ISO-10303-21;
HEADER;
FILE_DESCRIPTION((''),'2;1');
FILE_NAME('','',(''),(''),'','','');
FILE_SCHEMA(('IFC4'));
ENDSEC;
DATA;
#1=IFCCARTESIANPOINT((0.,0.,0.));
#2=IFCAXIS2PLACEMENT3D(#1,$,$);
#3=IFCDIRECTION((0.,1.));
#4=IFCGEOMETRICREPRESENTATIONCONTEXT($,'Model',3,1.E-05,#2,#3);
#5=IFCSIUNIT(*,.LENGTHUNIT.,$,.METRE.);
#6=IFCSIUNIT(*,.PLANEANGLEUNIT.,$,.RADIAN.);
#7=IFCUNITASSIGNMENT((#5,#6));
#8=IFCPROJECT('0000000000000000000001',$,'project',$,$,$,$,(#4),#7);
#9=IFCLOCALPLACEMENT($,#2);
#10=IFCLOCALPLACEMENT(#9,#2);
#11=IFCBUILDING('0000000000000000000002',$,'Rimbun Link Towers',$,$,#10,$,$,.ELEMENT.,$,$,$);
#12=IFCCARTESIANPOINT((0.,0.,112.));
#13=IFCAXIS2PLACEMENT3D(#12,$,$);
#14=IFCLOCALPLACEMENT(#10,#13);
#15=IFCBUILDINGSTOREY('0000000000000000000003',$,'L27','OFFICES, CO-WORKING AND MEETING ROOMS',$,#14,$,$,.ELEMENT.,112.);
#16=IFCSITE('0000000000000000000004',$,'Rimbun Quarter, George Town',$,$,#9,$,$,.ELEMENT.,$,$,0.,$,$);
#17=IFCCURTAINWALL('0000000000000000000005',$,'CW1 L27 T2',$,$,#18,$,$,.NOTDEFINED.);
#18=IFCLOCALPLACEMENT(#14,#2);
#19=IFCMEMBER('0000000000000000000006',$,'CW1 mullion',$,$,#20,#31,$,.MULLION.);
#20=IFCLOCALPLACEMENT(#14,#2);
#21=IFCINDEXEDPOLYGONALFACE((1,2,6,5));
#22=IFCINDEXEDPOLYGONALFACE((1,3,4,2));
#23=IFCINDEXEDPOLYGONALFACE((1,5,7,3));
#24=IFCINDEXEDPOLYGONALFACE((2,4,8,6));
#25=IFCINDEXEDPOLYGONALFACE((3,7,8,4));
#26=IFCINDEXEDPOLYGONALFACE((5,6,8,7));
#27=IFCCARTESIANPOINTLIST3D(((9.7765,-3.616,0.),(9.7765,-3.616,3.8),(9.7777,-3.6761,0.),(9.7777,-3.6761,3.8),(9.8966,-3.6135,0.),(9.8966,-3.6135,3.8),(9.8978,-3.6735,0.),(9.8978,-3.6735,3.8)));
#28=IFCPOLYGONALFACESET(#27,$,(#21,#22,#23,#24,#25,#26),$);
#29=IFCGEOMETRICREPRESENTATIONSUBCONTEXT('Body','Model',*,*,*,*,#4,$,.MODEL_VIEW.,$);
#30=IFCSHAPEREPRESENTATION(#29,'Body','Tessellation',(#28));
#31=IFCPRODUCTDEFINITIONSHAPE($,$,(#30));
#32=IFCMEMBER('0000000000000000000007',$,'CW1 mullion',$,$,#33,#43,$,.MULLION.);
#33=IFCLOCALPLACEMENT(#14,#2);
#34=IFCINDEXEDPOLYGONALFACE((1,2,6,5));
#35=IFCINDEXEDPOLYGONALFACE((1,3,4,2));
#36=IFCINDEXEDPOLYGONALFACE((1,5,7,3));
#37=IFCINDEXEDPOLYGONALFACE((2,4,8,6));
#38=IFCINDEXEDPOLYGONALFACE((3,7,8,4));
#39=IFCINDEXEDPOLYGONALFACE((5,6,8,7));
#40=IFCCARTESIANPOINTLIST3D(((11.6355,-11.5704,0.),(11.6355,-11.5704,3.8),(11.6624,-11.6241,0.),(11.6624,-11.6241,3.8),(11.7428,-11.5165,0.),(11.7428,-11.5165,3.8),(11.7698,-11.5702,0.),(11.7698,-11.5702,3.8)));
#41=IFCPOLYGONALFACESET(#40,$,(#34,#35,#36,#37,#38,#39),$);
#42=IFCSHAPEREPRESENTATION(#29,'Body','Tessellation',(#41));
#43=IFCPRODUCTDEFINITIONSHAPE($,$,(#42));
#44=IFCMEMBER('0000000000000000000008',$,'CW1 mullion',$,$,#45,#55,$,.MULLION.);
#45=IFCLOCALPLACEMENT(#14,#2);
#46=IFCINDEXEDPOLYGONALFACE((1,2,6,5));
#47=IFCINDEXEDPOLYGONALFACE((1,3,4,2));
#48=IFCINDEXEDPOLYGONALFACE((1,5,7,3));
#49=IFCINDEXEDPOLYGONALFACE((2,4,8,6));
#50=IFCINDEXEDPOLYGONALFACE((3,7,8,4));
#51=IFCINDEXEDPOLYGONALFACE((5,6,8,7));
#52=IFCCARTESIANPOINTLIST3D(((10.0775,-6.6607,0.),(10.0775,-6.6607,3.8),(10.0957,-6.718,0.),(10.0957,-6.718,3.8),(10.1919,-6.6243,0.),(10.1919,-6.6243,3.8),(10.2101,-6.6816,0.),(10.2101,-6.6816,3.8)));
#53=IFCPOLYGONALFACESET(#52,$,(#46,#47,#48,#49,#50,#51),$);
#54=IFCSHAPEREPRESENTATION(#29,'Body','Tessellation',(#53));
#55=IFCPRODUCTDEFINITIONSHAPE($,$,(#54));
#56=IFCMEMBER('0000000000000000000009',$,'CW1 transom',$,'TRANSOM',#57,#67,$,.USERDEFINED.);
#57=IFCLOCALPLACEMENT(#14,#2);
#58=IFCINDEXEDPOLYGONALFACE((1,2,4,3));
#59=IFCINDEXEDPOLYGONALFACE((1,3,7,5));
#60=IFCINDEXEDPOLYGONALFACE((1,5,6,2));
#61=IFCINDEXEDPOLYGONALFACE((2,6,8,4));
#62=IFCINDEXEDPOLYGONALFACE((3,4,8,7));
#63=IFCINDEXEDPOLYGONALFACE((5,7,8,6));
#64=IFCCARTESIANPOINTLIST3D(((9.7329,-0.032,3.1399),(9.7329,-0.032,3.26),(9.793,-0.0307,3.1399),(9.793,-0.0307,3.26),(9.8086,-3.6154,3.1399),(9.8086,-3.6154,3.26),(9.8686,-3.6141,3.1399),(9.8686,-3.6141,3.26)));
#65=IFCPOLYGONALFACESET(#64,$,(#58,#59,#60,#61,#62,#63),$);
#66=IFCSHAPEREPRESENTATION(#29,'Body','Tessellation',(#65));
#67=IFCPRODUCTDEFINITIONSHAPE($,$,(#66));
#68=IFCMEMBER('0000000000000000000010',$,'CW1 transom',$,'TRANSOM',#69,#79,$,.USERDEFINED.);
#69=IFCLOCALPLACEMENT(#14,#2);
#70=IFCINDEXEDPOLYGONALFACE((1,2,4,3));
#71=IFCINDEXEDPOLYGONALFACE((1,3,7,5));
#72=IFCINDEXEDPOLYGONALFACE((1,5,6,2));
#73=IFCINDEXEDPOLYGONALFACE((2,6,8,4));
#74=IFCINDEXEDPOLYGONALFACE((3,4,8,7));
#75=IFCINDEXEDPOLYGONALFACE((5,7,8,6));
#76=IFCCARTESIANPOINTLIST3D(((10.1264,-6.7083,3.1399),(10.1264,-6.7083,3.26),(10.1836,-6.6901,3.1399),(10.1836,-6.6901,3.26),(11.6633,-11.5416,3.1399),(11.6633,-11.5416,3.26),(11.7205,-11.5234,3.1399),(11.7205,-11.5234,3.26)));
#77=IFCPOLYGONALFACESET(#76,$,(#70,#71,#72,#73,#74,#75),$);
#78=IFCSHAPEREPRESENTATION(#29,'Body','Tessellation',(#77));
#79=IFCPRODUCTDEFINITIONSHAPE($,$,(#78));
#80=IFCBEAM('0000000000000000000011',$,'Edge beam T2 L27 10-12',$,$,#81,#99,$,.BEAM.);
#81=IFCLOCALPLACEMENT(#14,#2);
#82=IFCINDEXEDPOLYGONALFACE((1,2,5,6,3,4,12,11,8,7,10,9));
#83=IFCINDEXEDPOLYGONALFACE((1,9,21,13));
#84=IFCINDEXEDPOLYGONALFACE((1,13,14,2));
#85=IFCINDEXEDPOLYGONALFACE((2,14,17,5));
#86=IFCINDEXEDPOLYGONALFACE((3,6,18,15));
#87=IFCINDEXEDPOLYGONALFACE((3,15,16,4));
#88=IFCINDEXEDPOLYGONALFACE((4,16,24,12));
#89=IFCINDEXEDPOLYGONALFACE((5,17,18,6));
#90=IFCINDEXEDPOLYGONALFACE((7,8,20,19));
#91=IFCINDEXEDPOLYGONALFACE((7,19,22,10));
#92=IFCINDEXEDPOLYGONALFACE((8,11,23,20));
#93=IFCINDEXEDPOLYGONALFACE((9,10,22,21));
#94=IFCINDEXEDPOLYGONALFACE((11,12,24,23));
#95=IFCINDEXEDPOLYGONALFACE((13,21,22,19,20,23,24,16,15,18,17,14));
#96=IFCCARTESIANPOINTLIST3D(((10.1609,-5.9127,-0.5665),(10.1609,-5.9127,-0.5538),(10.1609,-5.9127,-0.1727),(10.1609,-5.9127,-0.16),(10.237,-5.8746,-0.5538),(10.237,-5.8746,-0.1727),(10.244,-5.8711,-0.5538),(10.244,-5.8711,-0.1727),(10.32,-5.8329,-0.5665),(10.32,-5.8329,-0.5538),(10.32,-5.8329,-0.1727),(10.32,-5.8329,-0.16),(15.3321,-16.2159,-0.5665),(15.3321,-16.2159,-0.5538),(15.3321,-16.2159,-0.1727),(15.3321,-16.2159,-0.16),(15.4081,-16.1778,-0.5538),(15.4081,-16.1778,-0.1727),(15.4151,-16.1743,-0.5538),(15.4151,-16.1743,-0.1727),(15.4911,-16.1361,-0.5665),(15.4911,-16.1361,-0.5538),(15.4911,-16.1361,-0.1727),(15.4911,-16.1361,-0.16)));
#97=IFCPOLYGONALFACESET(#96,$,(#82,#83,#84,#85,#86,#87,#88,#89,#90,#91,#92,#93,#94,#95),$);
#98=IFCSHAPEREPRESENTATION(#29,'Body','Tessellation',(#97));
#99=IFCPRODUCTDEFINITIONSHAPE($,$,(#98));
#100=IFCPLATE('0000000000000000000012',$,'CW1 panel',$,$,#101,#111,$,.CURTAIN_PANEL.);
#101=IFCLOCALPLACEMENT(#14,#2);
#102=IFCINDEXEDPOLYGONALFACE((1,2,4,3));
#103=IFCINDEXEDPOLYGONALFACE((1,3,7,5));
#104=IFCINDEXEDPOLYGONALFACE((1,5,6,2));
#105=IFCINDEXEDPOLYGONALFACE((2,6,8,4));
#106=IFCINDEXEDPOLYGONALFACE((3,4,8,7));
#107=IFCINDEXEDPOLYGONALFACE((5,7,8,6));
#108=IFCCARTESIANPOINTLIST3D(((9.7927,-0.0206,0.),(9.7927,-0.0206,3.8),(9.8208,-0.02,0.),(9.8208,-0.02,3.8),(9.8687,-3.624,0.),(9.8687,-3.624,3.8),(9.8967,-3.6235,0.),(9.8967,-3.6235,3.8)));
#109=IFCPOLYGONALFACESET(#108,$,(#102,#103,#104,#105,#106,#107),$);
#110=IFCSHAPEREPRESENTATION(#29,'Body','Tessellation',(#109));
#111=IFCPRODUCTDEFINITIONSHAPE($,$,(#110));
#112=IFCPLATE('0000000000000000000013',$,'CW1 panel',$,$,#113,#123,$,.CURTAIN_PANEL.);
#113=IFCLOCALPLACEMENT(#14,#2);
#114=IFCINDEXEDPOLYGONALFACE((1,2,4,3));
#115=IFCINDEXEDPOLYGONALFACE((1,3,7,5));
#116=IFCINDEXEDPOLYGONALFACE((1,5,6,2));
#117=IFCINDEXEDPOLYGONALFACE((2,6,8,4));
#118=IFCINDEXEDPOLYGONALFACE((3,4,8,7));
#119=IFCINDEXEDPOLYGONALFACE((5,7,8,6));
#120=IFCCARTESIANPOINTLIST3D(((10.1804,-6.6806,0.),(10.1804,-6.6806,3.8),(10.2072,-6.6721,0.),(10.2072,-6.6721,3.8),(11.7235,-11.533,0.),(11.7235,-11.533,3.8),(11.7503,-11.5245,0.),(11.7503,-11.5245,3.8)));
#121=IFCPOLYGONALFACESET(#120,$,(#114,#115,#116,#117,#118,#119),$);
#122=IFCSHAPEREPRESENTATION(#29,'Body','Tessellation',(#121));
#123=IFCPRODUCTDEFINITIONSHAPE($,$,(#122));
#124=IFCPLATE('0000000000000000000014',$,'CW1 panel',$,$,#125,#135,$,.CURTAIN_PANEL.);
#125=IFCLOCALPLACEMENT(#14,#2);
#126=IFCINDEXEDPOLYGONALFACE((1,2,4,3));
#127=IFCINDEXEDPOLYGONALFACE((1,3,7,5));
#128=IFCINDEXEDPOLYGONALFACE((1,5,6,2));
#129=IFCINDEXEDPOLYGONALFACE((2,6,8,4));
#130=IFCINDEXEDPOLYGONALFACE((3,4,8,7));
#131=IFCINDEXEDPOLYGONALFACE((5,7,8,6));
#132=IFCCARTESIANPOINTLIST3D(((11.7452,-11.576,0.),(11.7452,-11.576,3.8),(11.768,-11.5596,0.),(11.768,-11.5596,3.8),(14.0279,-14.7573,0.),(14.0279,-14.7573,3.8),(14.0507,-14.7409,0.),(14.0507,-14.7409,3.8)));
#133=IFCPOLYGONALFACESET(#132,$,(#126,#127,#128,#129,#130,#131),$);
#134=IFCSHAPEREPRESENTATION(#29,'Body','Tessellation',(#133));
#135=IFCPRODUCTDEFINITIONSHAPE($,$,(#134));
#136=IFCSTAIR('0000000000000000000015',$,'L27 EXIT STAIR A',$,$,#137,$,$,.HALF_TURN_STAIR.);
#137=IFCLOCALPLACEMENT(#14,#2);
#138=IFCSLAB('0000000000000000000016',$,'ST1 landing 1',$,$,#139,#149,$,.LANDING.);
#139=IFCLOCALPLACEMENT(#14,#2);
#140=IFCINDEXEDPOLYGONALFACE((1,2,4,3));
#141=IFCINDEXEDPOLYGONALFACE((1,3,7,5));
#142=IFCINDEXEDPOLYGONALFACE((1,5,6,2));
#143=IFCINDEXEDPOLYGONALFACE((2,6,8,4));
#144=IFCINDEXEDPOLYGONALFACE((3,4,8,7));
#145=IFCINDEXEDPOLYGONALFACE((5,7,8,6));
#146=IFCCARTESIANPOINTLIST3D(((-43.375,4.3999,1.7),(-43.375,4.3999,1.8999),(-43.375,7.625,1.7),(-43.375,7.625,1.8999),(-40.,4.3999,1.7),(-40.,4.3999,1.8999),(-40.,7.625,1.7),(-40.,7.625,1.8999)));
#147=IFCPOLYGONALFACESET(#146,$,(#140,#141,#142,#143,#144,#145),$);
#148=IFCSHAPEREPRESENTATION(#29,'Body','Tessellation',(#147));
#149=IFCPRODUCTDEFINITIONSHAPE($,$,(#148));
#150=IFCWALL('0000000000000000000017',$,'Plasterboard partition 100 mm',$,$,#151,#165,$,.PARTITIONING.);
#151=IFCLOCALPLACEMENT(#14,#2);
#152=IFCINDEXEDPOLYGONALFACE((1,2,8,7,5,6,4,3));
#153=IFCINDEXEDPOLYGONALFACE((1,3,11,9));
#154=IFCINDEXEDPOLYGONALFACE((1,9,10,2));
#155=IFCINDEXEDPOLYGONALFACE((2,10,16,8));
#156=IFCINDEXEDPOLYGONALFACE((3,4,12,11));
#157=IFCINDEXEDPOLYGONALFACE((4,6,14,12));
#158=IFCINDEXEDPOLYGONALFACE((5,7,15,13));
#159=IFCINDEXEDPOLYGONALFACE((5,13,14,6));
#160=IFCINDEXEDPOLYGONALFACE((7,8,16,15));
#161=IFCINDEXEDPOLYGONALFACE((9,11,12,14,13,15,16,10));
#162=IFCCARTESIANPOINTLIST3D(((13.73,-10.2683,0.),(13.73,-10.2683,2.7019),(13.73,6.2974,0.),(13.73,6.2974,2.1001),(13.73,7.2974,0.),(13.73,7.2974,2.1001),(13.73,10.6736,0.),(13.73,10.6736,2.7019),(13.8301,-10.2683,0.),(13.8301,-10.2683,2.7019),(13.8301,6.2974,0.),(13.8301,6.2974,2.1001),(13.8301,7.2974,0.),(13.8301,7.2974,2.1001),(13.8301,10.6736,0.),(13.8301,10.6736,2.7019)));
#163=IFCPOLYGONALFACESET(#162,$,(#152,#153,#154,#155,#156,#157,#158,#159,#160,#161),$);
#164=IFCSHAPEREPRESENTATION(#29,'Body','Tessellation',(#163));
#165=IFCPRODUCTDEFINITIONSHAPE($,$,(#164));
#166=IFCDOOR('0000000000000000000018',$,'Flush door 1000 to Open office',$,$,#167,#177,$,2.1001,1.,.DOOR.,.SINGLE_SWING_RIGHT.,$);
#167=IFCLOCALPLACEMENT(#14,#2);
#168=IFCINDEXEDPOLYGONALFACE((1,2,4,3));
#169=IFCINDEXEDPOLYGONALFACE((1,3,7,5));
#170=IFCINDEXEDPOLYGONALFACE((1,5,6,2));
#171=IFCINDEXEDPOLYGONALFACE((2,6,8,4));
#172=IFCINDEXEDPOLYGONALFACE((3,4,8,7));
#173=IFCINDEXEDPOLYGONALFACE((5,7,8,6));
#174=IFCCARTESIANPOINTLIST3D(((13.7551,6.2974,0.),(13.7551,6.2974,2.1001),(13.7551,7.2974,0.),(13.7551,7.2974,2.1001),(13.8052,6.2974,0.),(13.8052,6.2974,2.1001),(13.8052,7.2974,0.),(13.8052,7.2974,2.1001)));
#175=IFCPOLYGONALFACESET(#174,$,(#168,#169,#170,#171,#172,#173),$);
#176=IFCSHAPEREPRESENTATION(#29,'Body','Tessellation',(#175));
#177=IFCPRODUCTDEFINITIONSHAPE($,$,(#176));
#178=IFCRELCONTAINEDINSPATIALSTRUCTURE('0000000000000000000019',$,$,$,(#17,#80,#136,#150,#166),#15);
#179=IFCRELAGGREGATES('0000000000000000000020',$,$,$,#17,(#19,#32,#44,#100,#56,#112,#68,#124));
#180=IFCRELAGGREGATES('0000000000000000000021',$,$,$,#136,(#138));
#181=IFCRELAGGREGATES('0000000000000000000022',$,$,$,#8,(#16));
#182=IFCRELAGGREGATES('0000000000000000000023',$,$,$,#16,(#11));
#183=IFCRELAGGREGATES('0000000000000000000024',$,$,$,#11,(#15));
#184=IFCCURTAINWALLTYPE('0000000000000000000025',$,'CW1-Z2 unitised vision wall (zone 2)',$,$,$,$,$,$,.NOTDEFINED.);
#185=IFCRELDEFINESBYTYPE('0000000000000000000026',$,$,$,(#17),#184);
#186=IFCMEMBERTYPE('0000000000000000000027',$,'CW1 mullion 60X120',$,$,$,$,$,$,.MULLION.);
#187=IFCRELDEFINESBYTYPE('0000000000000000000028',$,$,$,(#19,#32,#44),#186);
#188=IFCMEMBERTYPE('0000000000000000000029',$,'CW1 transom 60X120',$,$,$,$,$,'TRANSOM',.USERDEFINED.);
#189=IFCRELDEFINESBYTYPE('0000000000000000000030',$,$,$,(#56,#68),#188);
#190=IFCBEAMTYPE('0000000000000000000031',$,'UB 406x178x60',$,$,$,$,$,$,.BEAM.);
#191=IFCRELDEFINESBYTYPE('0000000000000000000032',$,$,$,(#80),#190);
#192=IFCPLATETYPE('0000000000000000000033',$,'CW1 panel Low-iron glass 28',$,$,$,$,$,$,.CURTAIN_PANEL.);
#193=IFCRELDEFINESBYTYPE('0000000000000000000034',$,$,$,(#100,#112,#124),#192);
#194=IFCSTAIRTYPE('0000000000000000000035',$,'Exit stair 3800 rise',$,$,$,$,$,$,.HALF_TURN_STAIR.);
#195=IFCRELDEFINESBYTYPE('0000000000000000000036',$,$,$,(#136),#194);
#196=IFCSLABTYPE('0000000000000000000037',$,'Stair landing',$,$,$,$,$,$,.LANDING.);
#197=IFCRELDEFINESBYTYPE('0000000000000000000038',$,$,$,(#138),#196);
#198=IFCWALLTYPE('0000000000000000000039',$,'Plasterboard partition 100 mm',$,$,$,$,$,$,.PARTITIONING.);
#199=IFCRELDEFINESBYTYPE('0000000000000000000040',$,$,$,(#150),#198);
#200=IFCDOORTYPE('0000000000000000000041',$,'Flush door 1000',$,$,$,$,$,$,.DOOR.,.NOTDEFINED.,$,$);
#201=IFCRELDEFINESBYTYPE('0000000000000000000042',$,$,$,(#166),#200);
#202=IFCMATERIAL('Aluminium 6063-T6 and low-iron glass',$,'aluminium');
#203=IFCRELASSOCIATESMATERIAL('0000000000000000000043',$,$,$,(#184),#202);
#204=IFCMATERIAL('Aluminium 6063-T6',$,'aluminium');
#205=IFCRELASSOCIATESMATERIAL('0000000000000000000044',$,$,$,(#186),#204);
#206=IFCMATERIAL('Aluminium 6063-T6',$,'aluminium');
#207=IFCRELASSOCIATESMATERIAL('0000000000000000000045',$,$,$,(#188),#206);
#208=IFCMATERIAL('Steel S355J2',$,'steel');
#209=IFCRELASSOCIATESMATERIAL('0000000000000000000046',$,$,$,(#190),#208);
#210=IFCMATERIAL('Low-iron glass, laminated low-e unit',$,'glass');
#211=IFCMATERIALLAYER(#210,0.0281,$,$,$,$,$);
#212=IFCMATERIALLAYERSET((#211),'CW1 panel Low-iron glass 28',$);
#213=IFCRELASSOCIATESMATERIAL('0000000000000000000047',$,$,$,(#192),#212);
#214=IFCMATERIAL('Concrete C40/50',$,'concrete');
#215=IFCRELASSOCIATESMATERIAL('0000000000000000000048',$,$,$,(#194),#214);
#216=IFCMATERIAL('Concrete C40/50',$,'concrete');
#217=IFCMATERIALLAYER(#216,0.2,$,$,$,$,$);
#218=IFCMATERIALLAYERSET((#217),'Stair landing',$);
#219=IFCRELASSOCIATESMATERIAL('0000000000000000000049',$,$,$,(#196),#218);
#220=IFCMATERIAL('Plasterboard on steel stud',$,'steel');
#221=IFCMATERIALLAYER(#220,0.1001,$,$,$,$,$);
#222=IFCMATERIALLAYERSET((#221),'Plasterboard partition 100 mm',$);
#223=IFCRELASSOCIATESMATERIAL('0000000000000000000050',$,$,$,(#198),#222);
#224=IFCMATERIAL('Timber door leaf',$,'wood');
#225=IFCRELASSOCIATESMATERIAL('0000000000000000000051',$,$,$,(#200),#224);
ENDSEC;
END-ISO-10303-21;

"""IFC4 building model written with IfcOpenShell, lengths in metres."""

from ifc_helpers import new_model, si_unit, direction, frame, frame_2d, origin, origin_2d, place, context, subcontext, project, spatial, polyline, rectangle, i_section, outline, extrude, material, layer, layer_set, material_profile, profile_set, type_object, element, fill, aggregate, save


model = new_model("IFC4")

# Units and contexts
model_context = context("Model", 3, precision=1e-05, world=origin(), true_north=direction((0.0, 1.0)))
body_context = subcontext(model_context, "Body", "Model", "MODEL_VIEW")
ifc_project = project(units=[si_unit("LENGTHUNIT", "METRE"), si_unit("PLANEANGLEUNIT", "RADIAN")], contexts=[model_context])

# Site, building, storey
site_placement = place(None, origin())
site = spatial("IfcSite", under=ifc_project, at=site_placement, Name="Rimbun Quarter, George Town", CompositionType="ELEMENT", RefElevation=0.0)
building_placement = place(site_placement, origin())
building = spatial("IfcBuilding", under=site, at=building_placement, Name="Rimbun Link Towers", CompositionType="ELEMENT")
storey_placement = place(building_placement, frame((0.0, 0.0, 112.0)))
storey = spatial("IfcBuildingStorey", under=building, at=storey_placement, Name="L27", Description="OFFICES, CO-WORKING AND MEETING ROOMS", CompositionType="ELEMENT", Elevation=112.0)

# Curtain wall, members
ifc_material_1 = material(Name="Aluminium 6063-T6 and low-iron glass", Category="aluminium")
curtain_wall_type = type_object("IfcCurtainWallType", Name="CW1-Z2 unitised vision wall (zone 2)", PredefinedType="NOTDEFINED", material=ifc_material_1)
curtain_wall_placement = place(storey_placement, origin())
curtain_wall = element("IfcCurtainWall", 1, at=curtain_wall_placement, inside=storey, type_object=curtain_wall_type, Name="CW1 L27 T2", PredefinedType="NOTDEFINED")
ifc_material_2 = material(Name="Aluminium 6063-T6", Category="aluminium")
ifc_material_profile_1 = material_profile(ifc_material_2, rectangle(XDim=0.1201, YDim=0.0601, at=origin_2d()), Name="MULLION 60X120")
ifc_profile_set_1 = profile_set([ifc_material_profile_1], Name="Aluminium 6063-T6")
member_type_1 = type_object("IfcMemberType", Name="CW1 mullion 60X120", PredefinedType="MULLION", material=ifc_profile_set_1)
member_1_placement = place(storey_placement, frame((9.8372, -3.6448, 0.0), z_axis=(0.0, 0.0, 1.0), x_axis=(-0.999778, -0.021063, 0.0)))
member_1 = element("IfcMember", 2, at=member_1_placement, type_object=member_type_1, Name="CW1 mullion", PredefinedType="MULLION", context=body_context, shape_type="SweptSolid", body=[
    extrude(rectangle(XDim=0.1201, YDim=0.0601, at=origin_2d()), origin(), (0.0, 0.0, 1.0), 3.8),
])
member_2_placement = place(storey_placement, frame((11.7026, -11.5703, 0.0), z_axis=(0.0, 0.0, 1.0), x_axis=(-0.893749, -0.448567, 0.0)))
member_2 = element("IfcMember", 3, at=member_2_placement, type_object=member_type_1, Name="CW1 mullion", PredefinedType="MULLION", context=body_context, shape_type="SweptSolid", body=[
    extrude(rectangle(XDim=0.1201, YDim=0.0601, at=origin_2d()), origin(), (0.0, 0.0, 1.0), 3.8),
])
member_3_placement = place(storey_placement, frame((10.1438, -6.6711, 0.0), z_axis=(0.0, 0.0, 1.0), x_axis=(-0.952972, -0.303057, 0.0)))
member_3 = element("IfcMember", 4, at=member_3_placement, type_object=member_type_1, Name="CW1 mullion", PredefinedType="MULLION", context=body_context, shape_type="SweptSolid", body=[
    extrude(rectangle(XDim=0.1201, YDim=0.0601, at=origin_2d()), origin(), (0.0, 0.0, 1.0), 3.8),
])
ifc_material_3 = material(Name="Aluminium 6063-T6", Category="aluminium")
ifc_material_profile_2 = material_profile(ifc_material_3, rectangle(XDim=0.0601, YDim=0.1201, at=origin_2d()), Name="TRANSOM 60X120")
ifc_profile_set_2 = profile_set([ifc_material_profile_2], Name="Aluminium 6063-T6")
member_type_2 = type_object("IfcMemberType", Name="CW1 transom 60X120", ElementType="TRANSOM", PredefinedType="USERDEFINED", material=ifc_profile_set_2)
member_4_placement = place(storey_placement, frame((9.8386, -3.6147, 3.2), z_axis=(-0.021115, 0.999777, 0.0), x_axis=(-0.999777, -0.021115, 0.0)))
member_4 = element("IfcMember", 5, at=member_4_placement, type_object=member_type_2, Name="CW1 transom", ObjectType="TRANSOM", PredefinedType="USERDEFINED", context=body_context, shape_type="SweptSolid", body=[
    extrude(rectangle(XDim=0.0601, YDim=0.1201, at=origin_2d()), origin(), (0.0, 0.0, 1.0), 3.5842),
])
member_5_placement = place(storey_placement, frame((11.6919, -11.5325, 3.2), z_axis=(-0.303027, 0.952982, 0.0), x_axis=(-0.952982, -0.303027, 0.0)))
member_5 = element("IfcMember", 6, at=member_5_placement, type_object=member_type_2, Name="CW1 transom", ObjectType="TRANSOM", PredefinedType="USERDEFINED", context=body_context, shape_type="SweptSolid", body=[
    extrude(rectangle(XDim=0.0601, YDim=0.1201, at=origin_2d()), origin(), (0.0, 0.0, 1.0), 5.0718),
])

# Beam
ifc_material_4 = material(Name="Steel S355J2", Category="steel")
ifc_material_profile_3 = material_profile(ifc_material_4, i_section(OverallWidth=0.178, OverallDepth=0.4065, WebThickness=0.0078, FlangeThickness=0.0127, at=origin_2d()), Name="UB 406x178x60")
ifc_profile_set_3 = profile_set([ifc_material_profile_3], Name="Steel S355J2")
beam_type = type_object("IfcBeamType", Name="UB 406x178x60", PredefinedType="BEAM", material=ifc_profile_set_3)
beam_placement = place(storey_placement, frame((10.2405, -5.8728, -0.3633), z_axis=(0.448568, -0.893748, 0.0), x_axis=(0.893748, 0.448568, 0.0)))
element("IfcBeam", 7, at=beam_placement, inside=storey, type_object=beam_type, Name="Edge beam T2 L27 10-12", PredefinedType="BEAM", context=body_context, shape_type="SweptSolid", body=[
    extrude(i_section(OverallWidth=0.178, OverallDepth=0.4065, WebThickness=0.0078, FlangeThickness=0.0127, at=origin_2d()), origin(), (0.0, 0.0, 1.0), 11.5281),
])

# Plates
ifc_material_5 = material(Name="Low-iron glass, laminated low-e unit", Category="glass")
ifc_layer_1 = layer(ifc_material_5, 0.0281)
ifc_layer_set_1 = layer_set([ifc_layer_1], Name="CW1 panel Low-iron glass 28")
plate_type = type_object("IfcPlateType", Name="CW1 panel Low-iron glass 28", PredefinedType="CURTAIN_PANEL", material=ifc_layer_set_1)
plate_1_placement = place(storey_placement, frame((9.8447, -1.822, 0.0), z_axis=(0.0, 0.0, 1.0), x_axis=(-0.021063, 0.999778, 0.0)))
plate_1 = element("IfcPlate", 8, at=plate_1_placement, type_object=plate_type, Name="CW1 panel", PredefinedType="CURTAIN_PANEL", context=body_context, shape_type="SweptSolid", body=[
    extrude(rectangle(XDim=3.6042, YDim=0.0281, at=origin_2d()), origin(), (0.0, 0.0, 1.0), 3.8),
])
plate_2_placement = place(storey_placement, frame((10.9653, -9.1025, 0.0), z_axis=(0.0, 0.0, 1.0), x_axis=(-0.303057, 0.952972, 0.0)))
plate_2 = element("IfcPlate", 9, at=plate_2_placement, type_object=plate_type, Name="CW1 panel", PredefinedType="CURTAIN_PANEL", context=body_context, shape_type="SweptSolid", body=[
    extrude(rectangle(XDim=5.0918, YDim=0.0281, at=origin_2d()), origin(), (0.0, 0.0, 1.0), 3.8),
])
plate_3_placement = place(storey_placement, frame((12.8979, -13.1584, 0.0), z_axis=(0.0, 0.0, 1.0), x_axis=(-0.583007, 0.812467, 0.0)))
plate_3 = element("IfcPlate", 10, at=plate_3_placement, type_object=plate_type, Name="CW1 panel", PredefinedType="CURTAIN_PANEL", context=body_context, shape_type="SweptSolid", body=[
    extrude(rectangle(XDim=3.9155, YDim=0.0281, at=origin_2d()), origin(), (0.0, 0.0, 1.0), 3.8),
])
aggregate(curtain_wall, [member_1, member_2, member_3, plate_1, member_4, plate_2, member_5, plate_3])

# Stair, slab
ifc_material_6 = material(Name="Concrete C40/50", Category="concrete")
stair_type = type_object("IfcStairType", Name="Exit stair 3800 rise", PredefinedType="HALF_TURN_STAIR", material=ifc_material_6)
stair_placement = place(storey_placement, origin())
stair = element("IfcStair", 11, at=stair_placement, inside=storey, type_object=stair_type, Name="L27 EXIT STAIR A", PredefinedType="HALF_TURN_STAIR")
ifc_material_7 = material(Name="Concrete C40/50", Category="concrete")
ifc_layer_2 = layer(ifc_material_7, 0.2)
ifc_layer_set_2 = layer_set([ifc_layer_2], Name="Stair landing")
slab_type = type_object("IfcSlabType", Name="Stair landing", PredefinedType="LANDING", material=ifc_layer_set_2)
slab_placement = place(storey_placement, frame((0.0, 0.0, 1.7)))
slab = element("IfcSlab", 12, at=slab_placement, type_object=slab_type, Name="ST1 landing 1", PredefinedType="LANDING", context=body_context, shape_type="SweptSolid", body=[
    extrude(outline(polyline([(-40.0, 7.625), (-43.375, 7.625), (-43.375, 4.3999), (-40.0, 4.3999), (-40.0, 7.625)])), origin(), (0.0, 0.0, 1.0), 0.2),
])
aggregate(stair, [slab])

# Wall, opening, door
ifc_material_8 = material(Name="Plasterboard on steel stud", Category="steel")
ifc_layer_3 = layer(ifc_material_8, 0.1001)
ifc_layer_set_3 = layer_set([ifc_layer_3], Name="Plasterboard partition 100 mm")
wall_type = type_object("IfcWallType", Name="Plasterboard partition 100 mm", PredefinedType="PARTITIONING", material=ifc_layer_set_3)
wall_1_placement = place(storey_placement, frame((13.78, -10.2683, 0.0), z_axis=(0.0, 0.0, 1.0), x_axis=(0.0, 1.0, 0.0)))
wall_1 = element("IfcWall", 13, at=wall_1_placement, inside=storey, type_object=wall_type, Name="Plasterboard partition 100 mm", PredefinedType="PARTITIONING", context=body_context, shape_type="SweptSolid", body=[
    extrude(rectangle(XDim=20.9419, YDim=0.1001, at=frame_2d((10.4709, 0.0))), origin(), (0.0, 0.0, 1.0), 2.7019),
])
opening_1_placement = place(wall_1_placement, frame((16.5657, 0.0, 0.0)))
opening_1 = element("IfcOpeningElement", 14, at=opening_1_placement, cuts=wall_1, PredefinedType="OPENING", context=body_context, shape_type="SweptSolid", body=[
    extrude(rectangle(XDim=1.0, YDim=2.1001, at=frame_2d((0.5, 1.05))), frame((0.0, 0.0601, 0.0), z_axis=(0.0, -1.0, 0.0), x_axis=(1.0, 0.0, 0.0)), (0.0, 0.0, 1.0), 0.1201),
])
ifc_material_9 = material(Name="Timber door leaf", Category="wood")
door_type_1 = type_object("IfcDoorType", Name="Flush door 1000", OperationType="NOTDEFINED", PredefinedType="DOOR", material=ifc_material_9)
door_1_placement = place(opening_1_placement, origin())
door_1 = element("IfcDoor", 15, at=door_1_placement, inside=storey, type_object=door_type_1, Name="Flush door 1000 to Open office", OperationType="SINGLE_SWING_RIGHT", OverallHeight=2.1001, OverallWidth=1.0, PredefinedType="DOOR", context=body_context, shape_type="SweptSolid", body=[
    extrude(rectangle(XDim=1.0, YDim=2.1001, at=frame_2d((0.5, 1.05))), frame((0.0, 0.0249, 0.0), z_axis=(0.0, -1.0, 0.0), x_axis=(1.0, 0.0, 0.0)), (0.0, 0.0, 1.0), 0.05),
])
fill(opening_1, door_1)

save(model, "model.ifc")
